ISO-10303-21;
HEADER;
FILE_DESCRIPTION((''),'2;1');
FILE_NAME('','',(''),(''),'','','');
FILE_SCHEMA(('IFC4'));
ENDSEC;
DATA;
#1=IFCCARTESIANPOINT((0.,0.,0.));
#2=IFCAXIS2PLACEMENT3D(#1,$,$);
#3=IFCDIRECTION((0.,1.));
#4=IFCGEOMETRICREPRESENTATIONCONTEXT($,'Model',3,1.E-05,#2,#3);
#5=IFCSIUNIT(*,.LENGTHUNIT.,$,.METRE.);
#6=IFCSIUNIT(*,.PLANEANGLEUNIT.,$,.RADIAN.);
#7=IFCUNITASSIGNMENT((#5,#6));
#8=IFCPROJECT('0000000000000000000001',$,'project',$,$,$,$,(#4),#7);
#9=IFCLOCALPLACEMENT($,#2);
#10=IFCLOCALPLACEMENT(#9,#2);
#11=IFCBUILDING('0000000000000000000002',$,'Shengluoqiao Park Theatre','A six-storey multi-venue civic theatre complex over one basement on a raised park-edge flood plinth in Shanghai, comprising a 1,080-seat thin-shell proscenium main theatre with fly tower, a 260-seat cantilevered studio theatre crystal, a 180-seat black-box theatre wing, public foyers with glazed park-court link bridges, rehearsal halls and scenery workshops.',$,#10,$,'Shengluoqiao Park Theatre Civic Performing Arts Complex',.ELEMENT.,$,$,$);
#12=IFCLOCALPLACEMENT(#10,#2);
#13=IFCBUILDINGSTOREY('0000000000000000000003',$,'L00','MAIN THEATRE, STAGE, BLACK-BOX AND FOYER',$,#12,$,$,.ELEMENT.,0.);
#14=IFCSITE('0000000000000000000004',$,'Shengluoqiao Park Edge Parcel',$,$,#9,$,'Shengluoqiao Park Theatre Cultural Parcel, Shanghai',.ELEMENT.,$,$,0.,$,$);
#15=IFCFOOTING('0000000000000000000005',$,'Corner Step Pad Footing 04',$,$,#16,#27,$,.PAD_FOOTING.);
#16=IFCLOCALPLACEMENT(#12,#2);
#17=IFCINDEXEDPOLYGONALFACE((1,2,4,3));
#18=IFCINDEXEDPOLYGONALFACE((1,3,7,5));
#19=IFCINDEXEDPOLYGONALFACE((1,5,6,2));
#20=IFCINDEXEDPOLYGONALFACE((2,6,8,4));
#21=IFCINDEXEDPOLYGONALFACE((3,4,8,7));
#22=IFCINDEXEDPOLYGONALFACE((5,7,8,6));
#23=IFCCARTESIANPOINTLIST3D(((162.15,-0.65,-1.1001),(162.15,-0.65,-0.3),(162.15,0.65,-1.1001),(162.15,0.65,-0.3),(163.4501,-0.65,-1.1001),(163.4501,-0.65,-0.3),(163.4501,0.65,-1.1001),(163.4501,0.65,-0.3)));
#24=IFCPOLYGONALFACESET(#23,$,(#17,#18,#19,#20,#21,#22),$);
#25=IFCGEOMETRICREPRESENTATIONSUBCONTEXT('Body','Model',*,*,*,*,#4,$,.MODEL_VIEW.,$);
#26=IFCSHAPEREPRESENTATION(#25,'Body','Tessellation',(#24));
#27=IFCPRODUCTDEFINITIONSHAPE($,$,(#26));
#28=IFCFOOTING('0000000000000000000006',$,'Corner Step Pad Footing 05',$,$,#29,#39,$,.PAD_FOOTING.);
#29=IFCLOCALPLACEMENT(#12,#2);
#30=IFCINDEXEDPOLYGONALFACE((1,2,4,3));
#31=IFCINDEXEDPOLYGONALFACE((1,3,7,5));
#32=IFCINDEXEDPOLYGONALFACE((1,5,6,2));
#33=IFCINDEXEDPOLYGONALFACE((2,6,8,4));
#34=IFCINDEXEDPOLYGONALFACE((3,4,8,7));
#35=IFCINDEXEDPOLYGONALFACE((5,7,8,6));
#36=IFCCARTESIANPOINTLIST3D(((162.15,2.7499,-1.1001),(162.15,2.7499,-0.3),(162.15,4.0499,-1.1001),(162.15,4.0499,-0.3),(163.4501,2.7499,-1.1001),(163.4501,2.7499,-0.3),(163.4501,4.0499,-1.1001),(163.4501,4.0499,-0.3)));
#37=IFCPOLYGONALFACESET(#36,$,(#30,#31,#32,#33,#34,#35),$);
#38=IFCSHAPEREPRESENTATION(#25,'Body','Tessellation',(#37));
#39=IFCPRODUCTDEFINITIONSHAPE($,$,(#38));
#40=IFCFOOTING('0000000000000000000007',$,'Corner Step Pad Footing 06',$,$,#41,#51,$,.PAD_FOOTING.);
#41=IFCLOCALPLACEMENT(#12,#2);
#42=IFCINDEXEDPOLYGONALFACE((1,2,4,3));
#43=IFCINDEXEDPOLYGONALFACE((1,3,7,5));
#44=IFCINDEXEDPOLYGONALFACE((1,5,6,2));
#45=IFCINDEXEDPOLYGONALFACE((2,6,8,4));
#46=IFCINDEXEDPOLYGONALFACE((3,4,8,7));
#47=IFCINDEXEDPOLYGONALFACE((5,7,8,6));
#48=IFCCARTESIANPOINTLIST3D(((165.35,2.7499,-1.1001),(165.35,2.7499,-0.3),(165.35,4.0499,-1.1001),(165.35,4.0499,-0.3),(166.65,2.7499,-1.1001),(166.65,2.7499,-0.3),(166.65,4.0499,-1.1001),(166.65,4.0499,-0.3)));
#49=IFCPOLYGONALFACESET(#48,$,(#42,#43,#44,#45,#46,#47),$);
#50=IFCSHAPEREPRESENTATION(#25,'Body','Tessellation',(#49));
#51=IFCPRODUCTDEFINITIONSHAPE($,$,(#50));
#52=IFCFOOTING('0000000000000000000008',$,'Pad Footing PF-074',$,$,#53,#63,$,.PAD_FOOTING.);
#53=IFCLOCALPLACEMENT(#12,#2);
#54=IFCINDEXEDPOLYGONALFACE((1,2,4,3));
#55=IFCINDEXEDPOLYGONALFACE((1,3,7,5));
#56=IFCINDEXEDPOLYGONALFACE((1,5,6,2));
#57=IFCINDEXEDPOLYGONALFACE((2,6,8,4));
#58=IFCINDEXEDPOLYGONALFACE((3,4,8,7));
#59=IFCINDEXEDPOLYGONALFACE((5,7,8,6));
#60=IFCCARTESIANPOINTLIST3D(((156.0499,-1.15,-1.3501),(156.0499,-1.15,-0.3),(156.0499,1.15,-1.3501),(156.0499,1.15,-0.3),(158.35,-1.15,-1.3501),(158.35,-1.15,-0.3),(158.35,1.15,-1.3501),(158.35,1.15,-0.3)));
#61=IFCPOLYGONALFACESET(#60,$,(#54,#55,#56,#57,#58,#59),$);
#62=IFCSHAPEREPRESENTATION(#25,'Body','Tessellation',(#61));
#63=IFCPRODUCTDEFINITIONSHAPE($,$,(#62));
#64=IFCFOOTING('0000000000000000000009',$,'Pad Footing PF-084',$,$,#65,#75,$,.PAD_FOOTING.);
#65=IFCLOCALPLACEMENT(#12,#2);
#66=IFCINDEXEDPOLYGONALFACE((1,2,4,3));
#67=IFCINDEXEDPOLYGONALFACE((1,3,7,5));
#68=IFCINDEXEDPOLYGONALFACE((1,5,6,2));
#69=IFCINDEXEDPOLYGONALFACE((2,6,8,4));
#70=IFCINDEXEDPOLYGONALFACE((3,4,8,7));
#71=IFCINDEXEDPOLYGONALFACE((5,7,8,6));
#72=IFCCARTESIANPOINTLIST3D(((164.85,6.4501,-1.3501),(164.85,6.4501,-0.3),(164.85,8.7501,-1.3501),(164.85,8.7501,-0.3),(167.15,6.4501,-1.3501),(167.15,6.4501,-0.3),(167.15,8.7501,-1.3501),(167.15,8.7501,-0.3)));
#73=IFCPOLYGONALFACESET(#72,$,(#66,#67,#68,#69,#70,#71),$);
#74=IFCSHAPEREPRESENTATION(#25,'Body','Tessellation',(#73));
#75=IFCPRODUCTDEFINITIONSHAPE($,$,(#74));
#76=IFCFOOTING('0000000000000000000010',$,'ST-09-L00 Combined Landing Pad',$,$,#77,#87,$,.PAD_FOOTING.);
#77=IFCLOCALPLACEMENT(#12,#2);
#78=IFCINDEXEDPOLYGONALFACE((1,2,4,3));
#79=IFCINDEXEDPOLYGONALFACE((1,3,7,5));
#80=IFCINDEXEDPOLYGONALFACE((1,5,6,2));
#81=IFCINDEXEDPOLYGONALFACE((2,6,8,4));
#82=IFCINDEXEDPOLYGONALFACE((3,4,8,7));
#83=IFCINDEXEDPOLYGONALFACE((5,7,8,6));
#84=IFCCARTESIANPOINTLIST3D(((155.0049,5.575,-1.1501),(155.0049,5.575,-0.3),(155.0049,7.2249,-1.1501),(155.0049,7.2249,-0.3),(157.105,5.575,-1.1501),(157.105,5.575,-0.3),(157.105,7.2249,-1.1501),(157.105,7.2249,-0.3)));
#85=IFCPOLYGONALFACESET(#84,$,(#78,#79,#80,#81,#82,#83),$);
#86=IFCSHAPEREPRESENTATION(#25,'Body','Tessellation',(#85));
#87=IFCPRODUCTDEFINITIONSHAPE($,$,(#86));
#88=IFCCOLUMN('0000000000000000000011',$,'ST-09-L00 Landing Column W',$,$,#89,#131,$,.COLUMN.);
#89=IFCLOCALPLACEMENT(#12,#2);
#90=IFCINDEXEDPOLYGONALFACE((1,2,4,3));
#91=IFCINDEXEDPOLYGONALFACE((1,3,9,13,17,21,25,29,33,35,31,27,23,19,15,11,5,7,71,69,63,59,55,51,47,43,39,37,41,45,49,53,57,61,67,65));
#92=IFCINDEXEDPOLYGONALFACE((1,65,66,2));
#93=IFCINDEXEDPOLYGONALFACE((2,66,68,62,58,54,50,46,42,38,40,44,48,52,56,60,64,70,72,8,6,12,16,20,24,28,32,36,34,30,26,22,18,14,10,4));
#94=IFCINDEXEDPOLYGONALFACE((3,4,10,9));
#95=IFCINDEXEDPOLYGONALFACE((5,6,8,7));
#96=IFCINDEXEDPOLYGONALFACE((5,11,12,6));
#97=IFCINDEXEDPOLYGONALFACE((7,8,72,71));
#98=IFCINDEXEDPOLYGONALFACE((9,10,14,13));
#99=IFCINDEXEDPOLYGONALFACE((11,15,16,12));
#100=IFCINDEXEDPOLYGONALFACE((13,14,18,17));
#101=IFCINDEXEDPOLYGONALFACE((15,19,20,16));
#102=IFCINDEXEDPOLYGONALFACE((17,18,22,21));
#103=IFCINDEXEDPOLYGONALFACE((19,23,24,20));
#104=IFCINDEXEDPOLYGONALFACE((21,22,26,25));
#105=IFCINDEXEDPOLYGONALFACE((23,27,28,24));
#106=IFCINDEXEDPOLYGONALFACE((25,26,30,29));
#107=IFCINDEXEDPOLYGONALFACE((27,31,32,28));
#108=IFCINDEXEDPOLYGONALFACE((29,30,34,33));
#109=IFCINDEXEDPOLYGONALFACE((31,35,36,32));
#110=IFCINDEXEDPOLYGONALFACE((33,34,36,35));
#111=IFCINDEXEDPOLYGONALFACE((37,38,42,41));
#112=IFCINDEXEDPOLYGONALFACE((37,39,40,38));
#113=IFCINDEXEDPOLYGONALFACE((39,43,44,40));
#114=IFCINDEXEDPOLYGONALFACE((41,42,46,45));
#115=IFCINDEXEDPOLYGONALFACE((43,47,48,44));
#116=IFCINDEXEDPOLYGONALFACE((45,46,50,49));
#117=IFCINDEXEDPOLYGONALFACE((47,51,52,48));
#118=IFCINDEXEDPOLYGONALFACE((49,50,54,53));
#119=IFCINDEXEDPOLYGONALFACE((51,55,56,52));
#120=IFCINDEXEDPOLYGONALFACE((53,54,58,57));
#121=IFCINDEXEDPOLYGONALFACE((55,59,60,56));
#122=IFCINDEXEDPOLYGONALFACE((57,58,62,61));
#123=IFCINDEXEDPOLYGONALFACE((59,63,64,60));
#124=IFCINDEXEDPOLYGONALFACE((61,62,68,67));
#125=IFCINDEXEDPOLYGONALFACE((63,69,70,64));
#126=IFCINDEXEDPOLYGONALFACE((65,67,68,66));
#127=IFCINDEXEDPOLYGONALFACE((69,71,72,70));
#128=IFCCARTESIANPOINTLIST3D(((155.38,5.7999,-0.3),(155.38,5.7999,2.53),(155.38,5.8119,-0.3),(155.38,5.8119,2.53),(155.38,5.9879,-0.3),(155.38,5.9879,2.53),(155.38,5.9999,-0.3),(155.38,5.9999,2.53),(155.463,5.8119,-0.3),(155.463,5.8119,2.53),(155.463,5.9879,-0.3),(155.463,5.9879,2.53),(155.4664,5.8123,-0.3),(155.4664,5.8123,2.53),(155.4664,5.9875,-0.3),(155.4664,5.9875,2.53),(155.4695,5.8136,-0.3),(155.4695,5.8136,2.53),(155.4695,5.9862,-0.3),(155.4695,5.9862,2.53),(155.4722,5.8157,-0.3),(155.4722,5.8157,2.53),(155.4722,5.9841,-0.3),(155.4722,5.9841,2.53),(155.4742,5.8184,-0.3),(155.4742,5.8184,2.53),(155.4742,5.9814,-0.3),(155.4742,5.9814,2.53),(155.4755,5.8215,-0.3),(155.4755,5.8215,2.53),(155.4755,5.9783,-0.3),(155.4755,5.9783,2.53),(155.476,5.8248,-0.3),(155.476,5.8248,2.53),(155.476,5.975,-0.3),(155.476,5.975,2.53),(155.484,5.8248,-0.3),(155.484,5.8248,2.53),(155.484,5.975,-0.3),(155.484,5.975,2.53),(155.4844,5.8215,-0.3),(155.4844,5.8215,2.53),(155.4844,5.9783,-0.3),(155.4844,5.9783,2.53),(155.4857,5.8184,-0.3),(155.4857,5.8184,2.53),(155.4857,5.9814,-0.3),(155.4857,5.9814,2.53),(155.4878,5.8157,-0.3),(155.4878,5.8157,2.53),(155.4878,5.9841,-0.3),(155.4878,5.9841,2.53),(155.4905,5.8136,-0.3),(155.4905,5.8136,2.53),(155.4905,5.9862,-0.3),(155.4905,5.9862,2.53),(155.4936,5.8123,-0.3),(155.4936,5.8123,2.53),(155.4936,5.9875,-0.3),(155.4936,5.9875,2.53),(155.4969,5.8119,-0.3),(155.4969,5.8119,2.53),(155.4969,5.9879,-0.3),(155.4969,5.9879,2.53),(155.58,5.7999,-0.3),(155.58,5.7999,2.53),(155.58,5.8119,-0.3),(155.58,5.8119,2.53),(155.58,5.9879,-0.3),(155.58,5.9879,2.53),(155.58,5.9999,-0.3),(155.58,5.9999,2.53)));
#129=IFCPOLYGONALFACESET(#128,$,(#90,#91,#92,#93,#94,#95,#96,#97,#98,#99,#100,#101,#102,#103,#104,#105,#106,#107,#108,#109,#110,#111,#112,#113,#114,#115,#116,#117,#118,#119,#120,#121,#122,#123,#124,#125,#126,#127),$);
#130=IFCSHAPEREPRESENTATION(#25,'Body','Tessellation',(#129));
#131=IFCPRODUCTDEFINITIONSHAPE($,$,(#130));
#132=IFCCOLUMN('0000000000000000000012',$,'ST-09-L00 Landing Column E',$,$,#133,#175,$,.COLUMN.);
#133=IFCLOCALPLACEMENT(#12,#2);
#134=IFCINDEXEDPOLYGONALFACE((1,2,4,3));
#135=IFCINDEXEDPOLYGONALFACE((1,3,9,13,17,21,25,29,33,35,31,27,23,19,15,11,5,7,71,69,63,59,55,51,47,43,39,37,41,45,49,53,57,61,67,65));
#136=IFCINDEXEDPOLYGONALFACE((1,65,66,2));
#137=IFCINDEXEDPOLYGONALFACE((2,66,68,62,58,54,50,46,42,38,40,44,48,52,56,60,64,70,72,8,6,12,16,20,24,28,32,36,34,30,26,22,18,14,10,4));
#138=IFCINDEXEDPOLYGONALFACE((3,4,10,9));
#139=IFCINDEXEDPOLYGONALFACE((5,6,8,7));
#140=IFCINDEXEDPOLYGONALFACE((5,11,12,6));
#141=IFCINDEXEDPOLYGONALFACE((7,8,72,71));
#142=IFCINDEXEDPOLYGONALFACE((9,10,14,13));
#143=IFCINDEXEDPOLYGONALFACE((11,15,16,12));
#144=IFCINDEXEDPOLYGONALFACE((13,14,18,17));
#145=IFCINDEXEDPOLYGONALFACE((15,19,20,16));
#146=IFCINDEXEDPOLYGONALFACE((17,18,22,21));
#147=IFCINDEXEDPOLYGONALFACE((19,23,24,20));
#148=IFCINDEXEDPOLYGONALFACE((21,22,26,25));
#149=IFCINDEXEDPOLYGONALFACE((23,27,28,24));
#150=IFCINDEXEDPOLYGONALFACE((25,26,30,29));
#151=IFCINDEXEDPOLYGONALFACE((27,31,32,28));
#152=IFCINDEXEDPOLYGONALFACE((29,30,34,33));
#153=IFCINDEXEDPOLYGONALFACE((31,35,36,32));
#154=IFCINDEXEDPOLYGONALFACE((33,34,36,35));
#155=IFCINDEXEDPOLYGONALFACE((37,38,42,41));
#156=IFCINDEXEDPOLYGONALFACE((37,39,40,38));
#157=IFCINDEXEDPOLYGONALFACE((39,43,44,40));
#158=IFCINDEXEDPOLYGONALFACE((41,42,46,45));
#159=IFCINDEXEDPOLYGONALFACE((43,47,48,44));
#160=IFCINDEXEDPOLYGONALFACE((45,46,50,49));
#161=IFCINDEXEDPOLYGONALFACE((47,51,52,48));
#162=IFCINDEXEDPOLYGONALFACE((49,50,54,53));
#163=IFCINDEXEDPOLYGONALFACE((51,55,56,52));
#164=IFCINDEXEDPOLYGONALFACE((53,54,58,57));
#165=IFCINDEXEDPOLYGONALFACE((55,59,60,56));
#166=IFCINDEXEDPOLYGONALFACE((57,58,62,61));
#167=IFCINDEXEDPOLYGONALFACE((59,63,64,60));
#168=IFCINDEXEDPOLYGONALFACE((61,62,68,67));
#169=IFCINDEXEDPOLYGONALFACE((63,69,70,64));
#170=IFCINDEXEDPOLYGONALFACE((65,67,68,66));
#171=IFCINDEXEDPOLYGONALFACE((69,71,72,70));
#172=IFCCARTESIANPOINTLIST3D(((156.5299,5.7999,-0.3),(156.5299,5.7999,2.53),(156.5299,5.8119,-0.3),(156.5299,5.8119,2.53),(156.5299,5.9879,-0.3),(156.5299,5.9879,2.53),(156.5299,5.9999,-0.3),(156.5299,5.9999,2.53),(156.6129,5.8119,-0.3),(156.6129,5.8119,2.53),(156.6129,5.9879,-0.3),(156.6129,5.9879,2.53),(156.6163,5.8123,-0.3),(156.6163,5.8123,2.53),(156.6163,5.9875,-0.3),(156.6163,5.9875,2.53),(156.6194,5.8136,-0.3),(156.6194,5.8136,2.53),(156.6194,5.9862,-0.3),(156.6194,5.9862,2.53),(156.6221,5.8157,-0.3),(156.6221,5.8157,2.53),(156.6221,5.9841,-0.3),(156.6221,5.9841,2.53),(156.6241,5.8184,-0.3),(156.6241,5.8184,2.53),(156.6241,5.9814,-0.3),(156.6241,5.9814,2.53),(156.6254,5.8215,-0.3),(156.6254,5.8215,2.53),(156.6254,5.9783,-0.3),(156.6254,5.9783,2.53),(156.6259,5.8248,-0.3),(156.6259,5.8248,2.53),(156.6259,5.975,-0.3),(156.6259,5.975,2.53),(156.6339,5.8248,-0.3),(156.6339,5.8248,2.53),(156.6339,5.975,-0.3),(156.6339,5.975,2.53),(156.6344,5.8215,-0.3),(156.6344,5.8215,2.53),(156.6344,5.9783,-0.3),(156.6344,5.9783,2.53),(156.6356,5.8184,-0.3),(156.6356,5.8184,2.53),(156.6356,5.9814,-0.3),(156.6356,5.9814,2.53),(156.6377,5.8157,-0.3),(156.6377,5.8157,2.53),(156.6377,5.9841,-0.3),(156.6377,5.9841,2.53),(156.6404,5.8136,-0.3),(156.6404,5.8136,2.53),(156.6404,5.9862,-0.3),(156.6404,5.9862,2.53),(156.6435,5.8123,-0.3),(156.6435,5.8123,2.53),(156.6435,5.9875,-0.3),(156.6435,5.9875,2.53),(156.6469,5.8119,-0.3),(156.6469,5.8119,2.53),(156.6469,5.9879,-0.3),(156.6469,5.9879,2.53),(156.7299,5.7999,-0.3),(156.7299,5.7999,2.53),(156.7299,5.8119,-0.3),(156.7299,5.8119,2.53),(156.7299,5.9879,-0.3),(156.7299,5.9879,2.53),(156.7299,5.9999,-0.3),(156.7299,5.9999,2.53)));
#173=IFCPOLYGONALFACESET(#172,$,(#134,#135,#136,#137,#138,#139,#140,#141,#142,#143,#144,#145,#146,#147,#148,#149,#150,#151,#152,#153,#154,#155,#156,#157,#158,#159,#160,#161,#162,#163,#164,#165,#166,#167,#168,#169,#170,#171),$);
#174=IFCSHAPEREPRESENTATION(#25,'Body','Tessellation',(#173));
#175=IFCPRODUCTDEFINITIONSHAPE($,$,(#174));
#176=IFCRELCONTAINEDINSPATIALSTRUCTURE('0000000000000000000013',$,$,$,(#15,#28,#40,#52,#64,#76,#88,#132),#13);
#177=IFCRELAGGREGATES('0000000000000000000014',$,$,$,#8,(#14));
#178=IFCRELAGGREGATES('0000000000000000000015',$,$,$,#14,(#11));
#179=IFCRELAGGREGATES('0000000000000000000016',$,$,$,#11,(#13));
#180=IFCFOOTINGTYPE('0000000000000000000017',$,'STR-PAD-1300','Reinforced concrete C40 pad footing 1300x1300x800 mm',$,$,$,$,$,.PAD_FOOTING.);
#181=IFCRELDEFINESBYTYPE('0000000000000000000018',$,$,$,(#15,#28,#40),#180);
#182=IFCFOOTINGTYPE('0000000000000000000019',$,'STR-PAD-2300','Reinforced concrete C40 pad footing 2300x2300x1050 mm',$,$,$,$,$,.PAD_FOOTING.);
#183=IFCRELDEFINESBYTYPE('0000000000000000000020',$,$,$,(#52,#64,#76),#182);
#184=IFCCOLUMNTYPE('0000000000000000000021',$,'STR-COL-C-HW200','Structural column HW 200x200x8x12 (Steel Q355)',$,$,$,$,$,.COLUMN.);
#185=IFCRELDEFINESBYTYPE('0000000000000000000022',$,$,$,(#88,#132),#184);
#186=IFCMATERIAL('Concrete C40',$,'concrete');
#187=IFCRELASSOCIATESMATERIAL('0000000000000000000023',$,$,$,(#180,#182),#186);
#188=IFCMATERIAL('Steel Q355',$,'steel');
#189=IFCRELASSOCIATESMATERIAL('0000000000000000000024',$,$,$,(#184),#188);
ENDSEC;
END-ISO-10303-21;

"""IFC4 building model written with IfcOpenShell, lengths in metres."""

from ifc_helpers import new_model, si_unit, direction, frame, origin, origin_2d, place, context, subcontext, project, spatial, rectangle, i_section, extrude, material, material_profile, profile_set, type_object, element, save


model = new_model("IFC4")

# Units and contexts
model_context = context("Model", 3, precision=1e-05, world=origin(), true_north=direction((0.0, 1.0)))
body_context = subcontext(model_context, "Body", "Model", "MODEL_VIEW")
ifc_project = project(units=[si_unit("LENGTHUNIT", "METRE"), si_unit("PLANEANGLEUNIT", "RADIAN")], contexts=[model_context])

# Site, building, storey
site_placement = place(None, origin())
site = spatial("IfcSite", under=ifc_project, at=site_placement, Name="Shengluoqiao Park Edge Parcel", LongName="Shengluoqiao Park Theatre Cultural Parcel, Shanghai", CompositionType="ELEMENT", RefElevation=0.0)
building_placement = place(site_placement, origin())
building = spatial("IfcBuilding", under=site, at=building_placement, Name="Shengluoqiao Park Theatre", Description="A six-storey multi-venue civic theatre complex over one basement on a raised park-edge flood plinth in Shanghai, comprising a 1,080-seat thin-shell proscenium main theatre with fly tower, a 260-seat cantilevered studio theatre crystal, a 180-seat black-box theatre wing, public foyers with glazed park-court link bridges, rehearsal halls and scenery workshops.", LongName="Shengluoqiao Park Theatre Civic Performing Arts Complex", CompositionType="ELEMENT")
storey_placement = place(building_placement, origin())
storey = spatial("IfcBuildingStorey", under=building, at=storey_placement, Name="L00", Description="MAIN THEATRE, STAGE, BLACK-BOX AND FOYER", CompositionType="ELEMENT", Elevation=0.0)

# Footings
ifc_material_1 = material(Name="Concrete C40", Category="concrete")
footing_type_1 = type_object("IfcFootingType", Name="STR-PAD-1300", Description="Reinforced concrete C40 pad footing 1300x1300x800 mm", PredefinedType="PAD_FOOTING", material=ifc_material_1)
for number, where, z_axis, x_axis, name in (
    (1, (162.8, 0.0, -1.1001), (0.0, 0.0, 1.0), (1.0, 0.0, 0.0), "Corner Step Pad Footing 04"),
    (2, (162.8, 3.3999, -1.1001), (0.0, 0.0, 1.0), (1.0, 0.0, 0.0), "Corner Step Pad Footing 05"),
    (3, (166.0, 3.3999, -1.1001), (0.0, 0.0, 1.0), (1.0, 0.0, 0.0), "Corner Step Pad Footing 06"),
):
    element("IfcFooting", number, at=place(storey_placement, frame(where, z_axis=z_axis, x_axis=x_axis)), inside=storey, type_object=footing_type_1, Name=name, PredefinedType="PAD_FOOTING", context=body_context, shape_type="SweptSolid", body=[
        extrude(rectangle(XDim=1.3, YDim=1.3, at=origin_2d()), origin(), (0.0, 0.0, 1.0), 0.8),
    ])
footing_type_2 = type_object("IfcFootingType", Name="STR-PAD-2300", Description="Reinforced concrete C40 pad footing 2300x2300x1050 mm", PredefinedType="PAD_FOOTING", material=ifc_material_1)
for number, where, z_axis, x_axis, name in (
    (4, (157.2, 0.0, -1.3501), (0.0, 0.0, 1.0), (1.0, 0.0, 0.0), "Pad Footing PF-074"),
    (5, (166.0, 7.6001, -1.3501), (0.0, 0.0, 1.0), (1.0, 0.0, 0.0), "Pad Footing PF-084"),
):
    element("IfcFooting", number, at=place(storey_placement, frame(where, z_axis=z_axis, x_axis=x_axis)), inside=storey, type_object=footing_type_2, Name=name, PredefinedType="PAD_FOOTING", context=body_context, shape_type="SweptSolid", body=[
        extrude(rectangle(XDim=2.3, YDim=2.3, at=origin_2d()), origin(), (0.0, 0.0, 1.0), 1.05),
    ])
footing_placement = place(storey_placement, frame((156.0549, 6.3999, -1.1501), z_axis=(0.0, 0.0, 1.0), x_axis=(1.0, 0.0, 0.0)))
element("IfcFooting", 6, at=footing_placement, inside=storey, type_object=footing_type_2, Name="ST-09-L00 Combined Landing Pad", PredefinedType="PAD_FOOTING", context=body_context, shape_type="SweptSolid", body=[
    extrude(rectangle(XDim=2.1001, YDim=1.6499, at=origin_2d()), origin(), (0.0, 0.0, 1.0), 0.8501),
])

# Columns
ifc_material_2 = material(Name="Steel Q355", Category="steel")
ifc_material_profile_1 = material_profile(ifc_material_2, i_section(OverallWidth=0.2, OverallDepth=0.2, WebThickness=0.0081, FlangeThickness=0.012, FilletRadius=0.0129, at=origin_2d()), Name="HW 200x200x8x12")
ifc_profile_set_1 = profile_set([ifc_material_profile_1], Name="Steel Q355")
column_type_1 = type_object("IfcColumnType", Name="STR-COL-C-HW200", Description="Structural column HW 200x200x8x12 (Steel Q355)", PredefinedType="COLUMN", material=ifc_profile_set_1)
for number, where, z_axis, x_axis, name in (
    (7, (155.48, 5.8999, -0.3), (0.0, 0.0, 1.0), (1.0, 0.0, 0.0), "ST-09-L00 Landing Column W"),
    (8, (156.6299, 5.8999, -0.3), (0.0, 0.0, 1.0), (1.0, 0.0, 0.0), "ST-09-L00 Landing Column E"),
):
    element("IfcColumn", number, at=place(storey_placement, frame(where, z_axis=z_axis, x_axis=x_axis)), inside=storey, type_object=column_type_1, Name=name, PredefinedType="COLUMN", context=body_context, shape_type="SweptSolid", body=[
        extrude(i_section(OverallWidth=0.2, OverallDepth=0.2, WebThickness=0.0081, FlangeThickness=0.012, FilletRadius=0.0129, at=origin_2d()), origin(), (0.0, 0.0, 1.0), 2.8301),
    ])

save(model, "model.ifc")
